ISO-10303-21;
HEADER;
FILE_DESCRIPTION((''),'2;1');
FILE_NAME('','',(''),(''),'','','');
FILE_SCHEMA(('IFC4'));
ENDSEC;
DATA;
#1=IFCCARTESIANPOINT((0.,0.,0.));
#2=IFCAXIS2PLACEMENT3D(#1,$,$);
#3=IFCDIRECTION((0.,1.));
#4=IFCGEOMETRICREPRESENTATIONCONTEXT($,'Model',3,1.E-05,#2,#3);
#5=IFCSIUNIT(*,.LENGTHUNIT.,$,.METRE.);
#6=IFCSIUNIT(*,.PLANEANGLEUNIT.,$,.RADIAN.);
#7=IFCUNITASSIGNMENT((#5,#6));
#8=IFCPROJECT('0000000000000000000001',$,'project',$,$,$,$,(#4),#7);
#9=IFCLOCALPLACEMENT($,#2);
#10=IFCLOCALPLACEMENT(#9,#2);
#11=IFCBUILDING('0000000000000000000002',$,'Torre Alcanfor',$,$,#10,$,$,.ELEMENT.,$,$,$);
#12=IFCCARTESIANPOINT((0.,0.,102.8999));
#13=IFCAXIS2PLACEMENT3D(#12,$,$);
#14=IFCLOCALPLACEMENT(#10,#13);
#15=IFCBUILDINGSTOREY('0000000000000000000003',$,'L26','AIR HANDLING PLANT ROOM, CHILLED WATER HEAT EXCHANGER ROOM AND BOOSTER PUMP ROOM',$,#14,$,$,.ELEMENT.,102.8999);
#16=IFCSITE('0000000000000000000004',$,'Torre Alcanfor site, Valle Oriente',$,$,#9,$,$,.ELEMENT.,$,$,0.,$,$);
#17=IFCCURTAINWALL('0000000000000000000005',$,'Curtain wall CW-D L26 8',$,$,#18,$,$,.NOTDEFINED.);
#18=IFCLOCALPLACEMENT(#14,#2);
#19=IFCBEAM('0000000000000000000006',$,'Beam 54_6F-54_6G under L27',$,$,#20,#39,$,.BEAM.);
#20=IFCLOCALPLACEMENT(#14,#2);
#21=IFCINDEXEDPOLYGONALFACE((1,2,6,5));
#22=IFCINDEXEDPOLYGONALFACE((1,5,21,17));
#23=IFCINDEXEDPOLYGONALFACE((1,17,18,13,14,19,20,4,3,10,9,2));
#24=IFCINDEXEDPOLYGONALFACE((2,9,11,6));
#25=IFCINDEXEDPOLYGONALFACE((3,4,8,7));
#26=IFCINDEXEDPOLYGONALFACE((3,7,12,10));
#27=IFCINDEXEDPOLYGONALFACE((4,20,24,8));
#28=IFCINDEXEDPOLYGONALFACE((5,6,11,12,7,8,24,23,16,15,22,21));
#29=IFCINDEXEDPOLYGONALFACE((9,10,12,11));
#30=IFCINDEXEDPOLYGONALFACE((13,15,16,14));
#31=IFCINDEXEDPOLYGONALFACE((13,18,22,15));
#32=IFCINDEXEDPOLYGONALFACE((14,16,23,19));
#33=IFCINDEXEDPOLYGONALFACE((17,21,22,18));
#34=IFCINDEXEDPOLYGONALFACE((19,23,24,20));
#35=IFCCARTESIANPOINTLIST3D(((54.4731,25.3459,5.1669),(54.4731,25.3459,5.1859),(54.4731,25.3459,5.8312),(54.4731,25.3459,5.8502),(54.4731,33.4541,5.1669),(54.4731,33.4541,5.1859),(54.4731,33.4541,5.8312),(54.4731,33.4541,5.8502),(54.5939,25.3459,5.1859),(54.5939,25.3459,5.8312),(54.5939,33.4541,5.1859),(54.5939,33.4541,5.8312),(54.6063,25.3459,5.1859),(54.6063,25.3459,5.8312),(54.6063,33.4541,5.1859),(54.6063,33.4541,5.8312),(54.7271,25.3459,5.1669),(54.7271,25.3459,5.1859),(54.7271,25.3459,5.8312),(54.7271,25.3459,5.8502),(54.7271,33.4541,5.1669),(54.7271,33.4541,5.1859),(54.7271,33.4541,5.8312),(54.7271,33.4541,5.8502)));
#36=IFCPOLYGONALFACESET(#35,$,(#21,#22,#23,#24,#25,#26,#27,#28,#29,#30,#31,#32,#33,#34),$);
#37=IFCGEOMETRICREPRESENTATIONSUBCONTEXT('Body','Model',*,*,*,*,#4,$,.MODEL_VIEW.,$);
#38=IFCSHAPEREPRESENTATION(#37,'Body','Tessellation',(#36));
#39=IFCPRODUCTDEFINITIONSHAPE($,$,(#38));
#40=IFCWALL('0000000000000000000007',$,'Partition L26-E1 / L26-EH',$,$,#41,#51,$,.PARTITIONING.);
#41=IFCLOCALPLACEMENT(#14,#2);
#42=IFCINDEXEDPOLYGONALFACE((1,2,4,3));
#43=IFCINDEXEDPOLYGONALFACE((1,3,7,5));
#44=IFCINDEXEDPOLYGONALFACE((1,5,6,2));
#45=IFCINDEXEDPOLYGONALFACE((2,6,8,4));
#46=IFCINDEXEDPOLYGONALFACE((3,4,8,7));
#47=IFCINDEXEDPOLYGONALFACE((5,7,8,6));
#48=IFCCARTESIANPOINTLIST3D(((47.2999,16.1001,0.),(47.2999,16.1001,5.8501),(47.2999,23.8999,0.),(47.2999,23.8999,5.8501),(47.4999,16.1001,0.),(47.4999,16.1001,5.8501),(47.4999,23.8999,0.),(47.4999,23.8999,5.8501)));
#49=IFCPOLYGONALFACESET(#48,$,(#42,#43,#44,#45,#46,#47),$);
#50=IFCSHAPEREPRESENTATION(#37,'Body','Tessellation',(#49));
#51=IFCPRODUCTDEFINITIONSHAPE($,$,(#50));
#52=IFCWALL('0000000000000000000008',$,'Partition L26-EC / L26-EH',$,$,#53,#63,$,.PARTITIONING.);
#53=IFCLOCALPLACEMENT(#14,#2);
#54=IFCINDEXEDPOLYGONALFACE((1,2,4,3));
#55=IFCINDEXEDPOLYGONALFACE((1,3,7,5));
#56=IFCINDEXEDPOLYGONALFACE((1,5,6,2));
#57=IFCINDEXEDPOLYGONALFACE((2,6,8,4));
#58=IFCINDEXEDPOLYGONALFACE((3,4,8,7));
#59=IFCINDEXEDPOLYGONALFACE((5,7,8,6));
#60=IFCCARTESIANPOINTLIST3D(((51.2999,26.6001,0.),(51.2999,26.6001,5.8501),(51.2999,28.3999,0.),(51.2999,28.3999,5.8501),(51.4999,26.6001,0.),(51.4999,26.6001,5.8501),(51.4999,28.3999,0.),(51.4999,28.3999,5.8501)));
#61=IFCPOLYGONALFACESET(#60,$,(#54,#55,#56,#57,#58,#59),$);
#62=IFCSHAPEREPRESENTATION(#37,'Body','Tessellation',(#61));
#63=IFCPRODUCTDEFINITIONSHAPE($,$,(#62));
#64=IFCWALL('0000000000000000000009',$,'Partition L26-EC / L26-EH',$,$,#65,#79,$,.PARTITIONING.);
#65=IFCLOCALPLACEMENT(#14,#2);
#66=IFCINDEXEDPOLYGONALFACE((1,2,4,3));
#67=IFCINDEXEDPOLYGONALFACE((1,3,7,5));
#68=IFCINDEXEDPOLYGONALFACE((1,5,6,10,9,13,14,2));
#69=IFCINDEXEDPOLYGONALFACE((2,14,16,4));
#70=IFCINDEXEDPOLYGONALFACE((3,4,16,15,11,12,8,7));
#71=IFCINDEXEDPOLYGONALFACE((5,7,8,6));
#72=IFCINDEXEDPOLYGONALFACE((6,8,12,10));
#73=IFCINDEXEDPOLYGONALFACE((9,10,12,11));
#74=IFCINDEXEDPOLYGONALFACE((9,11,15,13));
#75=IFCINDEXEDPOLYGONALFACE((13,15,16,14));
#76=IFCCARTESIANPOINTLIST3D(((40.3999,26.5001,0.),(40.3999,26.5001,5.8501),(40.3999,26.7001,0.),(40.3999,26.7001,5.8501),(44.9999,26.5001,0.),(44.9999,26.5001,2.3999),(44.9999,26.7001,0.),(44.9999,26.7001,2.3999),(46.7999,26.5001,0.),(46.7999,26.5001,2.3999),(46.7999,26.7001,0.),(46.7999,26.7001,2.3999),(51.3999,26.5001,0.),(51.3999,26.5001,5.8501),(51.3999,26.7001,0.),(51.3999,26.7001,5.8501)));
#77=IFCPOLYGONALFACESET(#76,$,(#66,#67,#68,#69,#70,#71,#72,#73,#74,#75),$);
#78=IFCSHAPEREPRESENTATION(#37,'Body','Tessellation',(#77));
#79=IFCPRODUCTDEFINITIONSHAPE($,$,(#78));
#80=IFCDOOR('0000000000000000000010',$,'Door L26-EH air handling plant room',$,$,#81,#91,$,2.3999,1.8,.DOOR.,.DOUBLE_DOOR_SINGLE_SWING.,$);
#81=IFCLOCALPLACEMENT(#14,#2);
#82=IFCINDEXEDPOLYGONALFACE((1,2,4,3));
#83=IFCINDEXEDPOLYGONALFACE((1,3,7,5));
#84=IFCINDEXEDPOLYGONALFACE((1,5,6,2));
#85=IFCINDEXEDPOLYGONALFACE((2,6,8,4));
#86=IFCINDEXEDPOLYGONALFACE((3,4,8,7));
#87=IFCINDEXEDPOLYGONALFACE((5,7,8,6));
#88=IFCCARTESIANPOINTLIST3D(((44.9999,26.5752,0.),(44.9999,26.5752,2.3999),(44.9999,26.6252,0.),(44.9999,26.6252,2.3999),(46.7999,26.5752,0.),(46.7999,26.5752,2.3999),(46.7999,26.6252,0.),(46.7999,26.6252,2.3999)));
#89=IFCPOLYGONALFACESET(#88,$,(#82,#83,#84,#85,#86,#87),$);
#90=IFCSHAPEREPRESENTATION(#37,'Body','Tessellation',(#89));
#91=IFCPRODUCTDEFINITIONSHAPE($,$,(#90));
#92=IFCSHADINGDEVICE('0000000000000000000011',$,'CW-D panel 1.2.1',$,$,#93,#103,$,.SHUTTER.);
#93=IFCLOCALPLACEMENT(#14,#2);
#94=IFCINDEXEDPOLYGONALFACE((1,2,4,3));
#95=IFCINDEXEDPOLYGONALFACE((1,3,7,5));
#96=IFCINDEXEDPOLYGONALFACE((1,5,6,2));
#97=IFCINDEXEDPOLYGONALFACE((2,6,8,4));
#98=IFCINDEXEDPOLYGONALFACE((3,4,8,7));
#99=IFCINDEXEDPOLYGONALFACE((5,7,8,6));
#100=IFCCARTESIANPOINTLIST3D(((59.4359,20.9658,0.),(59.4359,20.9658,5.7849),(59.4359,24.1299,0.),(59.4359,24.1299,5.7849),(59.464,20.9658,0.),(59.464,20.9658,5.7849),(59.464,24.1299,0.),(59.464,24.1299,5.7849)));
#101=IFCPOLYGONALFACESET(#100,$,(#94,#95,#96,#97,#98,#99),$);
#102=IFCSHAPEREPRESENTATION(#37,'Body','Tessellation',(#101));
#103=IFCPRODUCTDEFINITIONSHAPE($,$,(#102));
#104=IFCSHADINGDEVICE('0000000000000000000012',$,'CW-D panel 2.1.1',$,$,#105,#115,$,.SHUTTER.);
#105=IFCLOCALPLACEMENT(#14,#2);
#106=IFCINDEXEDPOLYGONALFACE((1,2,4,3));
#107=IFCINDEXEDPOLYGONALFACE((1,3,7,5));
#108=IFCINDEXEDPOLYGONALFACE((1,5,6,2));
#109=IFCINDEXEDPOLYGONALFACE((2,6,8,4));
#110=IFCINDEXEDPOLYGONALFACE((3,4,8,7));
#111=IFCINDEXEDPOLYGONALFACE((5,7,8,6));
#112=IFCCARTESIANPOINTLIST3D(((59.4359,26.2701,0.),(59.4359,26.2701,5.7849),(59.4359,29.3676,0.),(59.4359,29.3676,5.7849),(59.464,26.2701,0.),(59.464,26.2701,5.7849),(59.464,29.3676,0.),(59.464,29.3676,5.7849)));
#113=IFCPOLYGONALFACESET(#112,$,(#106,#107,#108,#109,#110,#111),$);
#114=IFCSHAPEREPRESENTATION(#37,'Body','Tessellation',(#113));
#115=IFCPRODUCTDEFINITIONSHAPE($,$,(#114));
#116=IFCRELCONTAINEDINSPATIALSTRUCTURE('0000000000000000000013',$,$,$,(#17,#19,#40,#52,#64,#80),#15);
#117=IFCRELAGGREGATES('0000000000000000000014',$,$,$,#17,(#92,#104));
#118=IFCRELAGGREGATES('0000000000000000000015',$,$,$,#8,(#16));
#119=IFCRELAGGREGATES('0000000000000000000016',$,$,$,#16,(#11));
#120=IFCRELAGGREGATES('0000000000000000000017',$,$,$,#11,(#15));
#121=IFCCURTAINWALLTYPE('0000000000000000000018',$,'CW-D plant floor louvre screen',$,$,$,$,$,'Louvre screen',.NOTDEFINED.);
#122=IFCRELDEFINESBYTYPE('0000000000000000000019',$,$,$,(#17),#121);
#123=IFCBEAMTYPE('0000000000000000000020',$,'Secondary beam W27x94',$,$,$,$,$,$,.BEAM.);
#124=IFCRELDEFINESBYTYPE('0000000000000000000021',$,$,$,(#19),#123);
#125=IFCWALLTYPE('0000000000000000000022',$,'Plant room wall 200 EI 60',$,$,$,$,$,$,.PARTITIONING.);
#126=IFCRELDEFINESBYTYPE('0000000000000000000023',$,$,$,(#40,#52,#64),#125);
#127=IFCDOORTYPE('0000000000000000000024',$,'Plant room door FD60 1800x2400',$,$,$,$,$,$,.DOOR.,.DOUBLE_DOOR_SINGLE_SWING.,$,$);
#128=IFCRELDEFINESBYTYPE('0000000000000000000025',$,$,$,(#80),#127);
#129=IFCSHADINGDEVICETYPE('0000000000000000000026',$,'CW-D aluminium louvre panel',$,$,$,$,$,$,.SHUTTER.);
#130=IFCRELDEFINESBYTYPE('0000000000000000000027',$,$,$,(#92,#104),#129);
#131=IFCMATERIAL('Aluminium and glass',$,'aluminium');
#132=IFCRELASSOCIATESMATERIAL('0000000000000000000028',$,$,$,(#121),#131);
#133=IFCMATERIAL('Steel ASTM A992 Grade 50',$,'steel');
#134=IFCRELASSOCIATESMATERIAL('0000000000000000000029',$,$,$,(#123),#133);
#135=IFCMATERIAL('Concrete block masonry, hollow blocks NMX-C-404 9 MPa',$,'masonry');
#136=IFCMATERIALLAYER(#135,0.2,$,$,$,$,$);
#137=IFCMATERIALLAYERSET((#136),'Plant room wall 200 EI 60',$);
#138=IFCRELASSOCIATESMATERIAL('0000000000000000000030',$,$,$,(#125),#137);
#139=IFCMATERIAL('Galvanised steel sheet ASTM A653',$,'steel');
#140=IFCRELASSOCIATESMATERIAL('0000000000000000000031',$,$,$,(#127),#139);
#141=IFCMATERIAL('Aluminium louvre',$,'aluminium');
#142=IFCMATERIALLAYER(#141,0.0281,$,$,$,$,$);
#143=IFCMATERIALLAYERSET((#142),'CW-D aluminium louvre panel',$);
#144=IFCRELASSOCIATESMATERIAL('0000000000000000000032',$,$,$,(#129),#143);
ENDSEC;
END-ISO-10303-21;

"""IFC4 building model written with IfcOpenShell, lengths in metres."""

from ifc_helpers import new_model, si_unit, direction, frame, frame_2d, origin, origin_2d, place, context, subcontext, project, spatial, rectangle, i_section, extrude, material, layer, layer_set, material_profile, profile_set, type_object, element, fill, aggregate, save


model = new_model("IFC4")

# Units and contexts
model_context = context("Model", 3, precision=1e-05, world=origin(), true_north=direction((0.0, 1.0)))
body_context = subcontext(model_context, "Body", "Model", "MODEL_VIEW")
ifc_project = project(units=[si_unit("LENGTHUNIT", "METRE"), si_unit("PLANEANGLEUNIT", "RADIAN")], contexts=[model_context])

# Site, building, storey
site_placement = place(None, origin())
site = spatial("IfcSite", under=ifc_project, at=site_placement, Name="Torre Alcanfor site, Valle Oriente", CompositionType="ELEMENT", RefElevation=0.0)
building_placement = place(site_placement, origin())
building = spatial("IfcBuilding", under=site, at=building_placement, Name="Torre Alcanfor", CompositionType="ELEMENT")
storey_placement = place(building_placement, frame((0.0, 0.0, 102.8999)))
storey = spatial("IfcBuildingStorey", under=building, at=storey_placement, Name="L26", Description="AIR HANDLING PLANT ROOM, CHILLED WATER HEAT EXCHANGER ROOM AND BOOSTER PUMP ROOM", CompositionType="ELEMENT", Elevation=102.8999)

# Curtain wall
ifc_material_1 = material(Name="Aluminium and glass", Category="aluminium")
curtain_wall_type = type_object("IfcCurtainWallType", Name="CW-D plant floor louvre screen", ElementType="Louvre screen", PredefinedType="NOTDEFINED", material=ifc_material_1)
curtain_wall_placement = place(storey_placement, origin())
curtain_wall = element("IfcCurtainWall", 1, at=curtain_wall_placement, inside=storey, type_object=curtain_wall_type, Name="Curtain wall CW-D L26 8", PredefinedType="NOTDEFINED")

# Beam
ifc_material_2 = material(Name="Steel ASTM A992 Grade 50", Category="steel")
ifc_material_profile_1 = material_profile(ifc_material_2, i_section(OverallWidth=0.2539, OverallDepth=0.6833, WebThickness=0.0125, FlangeThickness=0.019, at=origin_2d()), Name="W27x94")
ifc_profile_set_1 = profile_set([ifc_material_profile_1], Name="Steel ASTM A992 Grade 50")
beam_type_1 = type_object("IfcBeamType", Name="Secondary beam W27x94", PredefinedType="BEAM", material=ifc_profile_set_1)
for number, where, z_axis, x_axis, name in (
    (2, (54.6001, 25.3459, 5.5085), (0.0, 1.0, 0.0), (-1.0, 0.0, 0.0), "Beam 54_6F-54_6G under L27"),
):
    element("IfcBeam", number, at=place(storey_placement, frame(where, z_axis=z_axis, x_axis=x_axis)), inside=storey, type_object=beam_type_1, Name=name, PredefinedType="BEAM", context=body_context, shape_type="SweptSolid", body=[
        extrude(i_section(OverallWidth=0.2539, OverallDepth=0.6833, WebThickness=0.0125, FlangeThickness=0.019, at=origin_2d()), origin(), (0.0, 0.0, 1.0), 8.1082),
    ])

# Wall
ifc_material_3 = material(Name="Concrete block masonry, hollow blocks NMX-C-404 9 MPa", Category="masonry")
ifc_layer_1 = layer(ifc_material_3, 0.2)
ifc_layer_set_1 = layer_set([ifc_layer_1], Name="Plant room wall 200 EI 60")
wall_type = type_object("IfcWallType", Name="Plant room wall 200 EI 60", PredefinedType="PARTITIONING", material=ifc_layer_set_1)
wall_1_placement = place(storey_placement, frame((47.3999, 23.8999, 0.0), z_axis=(0.0, 0.0, 1.0), x_axis=(0.0, -1.0, 0.0)))
element("IfcWall", 3, at=wall_1_placement, inside=storey, type_object=wall_type, Name="Partition L26-E1 / L26-EH", PredefinedType="PARTITIONING", context=body_context, shape_type="SweptSolid", body=[
    extrude(rectangle(XDim=7.7998, YDim=0.2, at=frame_2d((3.8999, 0.0))), origin(), (0.0, 0.0, 1.0), 5.8501),
])

# Shared definitions
ifc_material_4 = material(Name="Galvanised steel sheet ASTM A653", Category="steel")
door_type = type_object("IfcDoorType", Name="Plant room door FD60 1800x2400", OperationType="DOUBLE_DOOR_SINGLE_SWING", PredefinedType="DOOR", material=ifc_material_4)

# Wall
wall_2_placement = place(storey_placement, frame((51.3999, 28.3999, 0.0), z_axis=(0.0, 0.0, 1.0), x_axis=(0.0, -1.0, 0.0)))
element("IfcWall", 4, at=wall_2_placement, inside=storey, type_object=wall_type, Name="Partition L26-EC / L26-EH", PredefinedType="PARTITIONING", context=body_context, shape_type="SweptSolid", body=[
    extrude(rectangle(XDim=1.7998, YDim=0.2, at=frame_2d((0.8999, 0.0))), origin(), (0.0, 0.0, 1.0), 5.8501),
])

# Wall, opening, door
wall_3_placement = place(storey_placement, frame((51.3999, 26.6001, 0.0), z_axis=(0.0, 0.0, 1.0), x_axis=(-1.0, 0.0, 0.0)))
wall_3 = element("IfcWall", 5, at=wall_3_placement, inside=storey, type_object=wall_type, Name="Partition L26-EC / L26-EH", PredefinedType="PARTITIONING", context=body_context, shape_type="SweptSolid", body=[
    extrude(rectangle(XDim=11.0, YDim=0.2, at=frame_2d((5.5, 0.0))), origin(), (0.0, 0.0, 1.0), 5.8501),
])
opening_1_placement = place(wall_3_placement, frame((4.6001, 0.0, 0.0)))
opening_1 = element("IfcOpeningElement", 6, at=opening_1_placement, cuts=wall_3, PredefinedType="OPENING", context=body_context, shape_type="SweptSolid", body=[
    extrude(rectangle(XDim=1.8, YDim=2.3999, at=frame_2d((0.8999, 1.2))), frame((0.0, 0.1099, 0.0), z_axis=(0.0, -1.0, 0.0), x_axis=(1.0, 0.0, 0.0)), (0.0, 0.0, 1.0), 0.22),
])
door_1_placement = place(opening_1_placement, origin())
door_1 = element("IfcDoor", 7, at=door_1_placement, inside=storey, type_object=door_type, Name="Door L26-EH air handling plant room", OperationType="DOUBLE_DOOR_SINGLE_SWING", OverallHeight=2.3999, OverallWidth=1.8, PredefinedType="DOOR", context=body_context, shape_type="SweptSolid", body=[
    extrude(rectangle(XDim=1.8, YDim=2.3999, at=frame_2d((0.8999, 1.2))), frame((0.0, 0.0249, 0.0), z_axis=(0.0, -1.0, 0.0), x_axis=(1.0, 0.0, 0.0)), (0.0, 0.0, 1.0), 0.05),
])
fill(opening_1, door_1)

# Shading devices
ifc_material_5 = material(Name="Aluminium louvre", Category="aluminium")
ifc_layer_2 = layer(ifc_material_5, 0.0281)
ifc_layer_set_2 = layer_set([ifc_layer_2], Name="CW-D aluminium louvre panel")
shading_device_type = type_object("IfcShadingDeviceType", Name="CW-D aluminium louvre panel", PredefinedType="SHUTTER", material=ifc_layer_set_2)
shading_device_1_placement = place(storey_placement, frame((59.45, 22.5479, 0.0), z_axis=(0.0, 0.0, 1.0), x_axis=(0.0, 1.0, 0.0)))
shading_device_1 = element("IfcShadingDevice", 8, at=shading_device_1_placement, type_object=shading_device_type, Name="CW-D panel 1.2.1", PredefinedType="SHUTTER", context=body_context, shape_type="SweptSolid", body=[
    extrude(rectangle(XDim=3.1641, YDim=0.0281, at=origin_2d()), origin(), (0.0, 0.0, 1.0), 5.7849),
])
shading_device_2_placement = place(storey_placement, frame((59.45, 27.8188, 0.0), z_axis=(0.0, 0.0, 1.0), x_axis=(0.0, 1.0, 0.0)))
shading_device_2 = element("IfcShadingDevice", 9, at=shading_device_2_placement, type_object=shading_device_type, Name="CW-D panel 2.1.1", PredefinedType="SHUTTER", context=body_context, shape_type="SweptSolid", body=[
    extrude(rectangle(XDim=3.0974, YDim=0.0281, at=origin_2d()), origin(), (0.0, 0.0, 1.0), 5.7849),
])
aggregate(curtain_wall, [shading_device_1, shading_device_2])

save(model, "model.ifc")
